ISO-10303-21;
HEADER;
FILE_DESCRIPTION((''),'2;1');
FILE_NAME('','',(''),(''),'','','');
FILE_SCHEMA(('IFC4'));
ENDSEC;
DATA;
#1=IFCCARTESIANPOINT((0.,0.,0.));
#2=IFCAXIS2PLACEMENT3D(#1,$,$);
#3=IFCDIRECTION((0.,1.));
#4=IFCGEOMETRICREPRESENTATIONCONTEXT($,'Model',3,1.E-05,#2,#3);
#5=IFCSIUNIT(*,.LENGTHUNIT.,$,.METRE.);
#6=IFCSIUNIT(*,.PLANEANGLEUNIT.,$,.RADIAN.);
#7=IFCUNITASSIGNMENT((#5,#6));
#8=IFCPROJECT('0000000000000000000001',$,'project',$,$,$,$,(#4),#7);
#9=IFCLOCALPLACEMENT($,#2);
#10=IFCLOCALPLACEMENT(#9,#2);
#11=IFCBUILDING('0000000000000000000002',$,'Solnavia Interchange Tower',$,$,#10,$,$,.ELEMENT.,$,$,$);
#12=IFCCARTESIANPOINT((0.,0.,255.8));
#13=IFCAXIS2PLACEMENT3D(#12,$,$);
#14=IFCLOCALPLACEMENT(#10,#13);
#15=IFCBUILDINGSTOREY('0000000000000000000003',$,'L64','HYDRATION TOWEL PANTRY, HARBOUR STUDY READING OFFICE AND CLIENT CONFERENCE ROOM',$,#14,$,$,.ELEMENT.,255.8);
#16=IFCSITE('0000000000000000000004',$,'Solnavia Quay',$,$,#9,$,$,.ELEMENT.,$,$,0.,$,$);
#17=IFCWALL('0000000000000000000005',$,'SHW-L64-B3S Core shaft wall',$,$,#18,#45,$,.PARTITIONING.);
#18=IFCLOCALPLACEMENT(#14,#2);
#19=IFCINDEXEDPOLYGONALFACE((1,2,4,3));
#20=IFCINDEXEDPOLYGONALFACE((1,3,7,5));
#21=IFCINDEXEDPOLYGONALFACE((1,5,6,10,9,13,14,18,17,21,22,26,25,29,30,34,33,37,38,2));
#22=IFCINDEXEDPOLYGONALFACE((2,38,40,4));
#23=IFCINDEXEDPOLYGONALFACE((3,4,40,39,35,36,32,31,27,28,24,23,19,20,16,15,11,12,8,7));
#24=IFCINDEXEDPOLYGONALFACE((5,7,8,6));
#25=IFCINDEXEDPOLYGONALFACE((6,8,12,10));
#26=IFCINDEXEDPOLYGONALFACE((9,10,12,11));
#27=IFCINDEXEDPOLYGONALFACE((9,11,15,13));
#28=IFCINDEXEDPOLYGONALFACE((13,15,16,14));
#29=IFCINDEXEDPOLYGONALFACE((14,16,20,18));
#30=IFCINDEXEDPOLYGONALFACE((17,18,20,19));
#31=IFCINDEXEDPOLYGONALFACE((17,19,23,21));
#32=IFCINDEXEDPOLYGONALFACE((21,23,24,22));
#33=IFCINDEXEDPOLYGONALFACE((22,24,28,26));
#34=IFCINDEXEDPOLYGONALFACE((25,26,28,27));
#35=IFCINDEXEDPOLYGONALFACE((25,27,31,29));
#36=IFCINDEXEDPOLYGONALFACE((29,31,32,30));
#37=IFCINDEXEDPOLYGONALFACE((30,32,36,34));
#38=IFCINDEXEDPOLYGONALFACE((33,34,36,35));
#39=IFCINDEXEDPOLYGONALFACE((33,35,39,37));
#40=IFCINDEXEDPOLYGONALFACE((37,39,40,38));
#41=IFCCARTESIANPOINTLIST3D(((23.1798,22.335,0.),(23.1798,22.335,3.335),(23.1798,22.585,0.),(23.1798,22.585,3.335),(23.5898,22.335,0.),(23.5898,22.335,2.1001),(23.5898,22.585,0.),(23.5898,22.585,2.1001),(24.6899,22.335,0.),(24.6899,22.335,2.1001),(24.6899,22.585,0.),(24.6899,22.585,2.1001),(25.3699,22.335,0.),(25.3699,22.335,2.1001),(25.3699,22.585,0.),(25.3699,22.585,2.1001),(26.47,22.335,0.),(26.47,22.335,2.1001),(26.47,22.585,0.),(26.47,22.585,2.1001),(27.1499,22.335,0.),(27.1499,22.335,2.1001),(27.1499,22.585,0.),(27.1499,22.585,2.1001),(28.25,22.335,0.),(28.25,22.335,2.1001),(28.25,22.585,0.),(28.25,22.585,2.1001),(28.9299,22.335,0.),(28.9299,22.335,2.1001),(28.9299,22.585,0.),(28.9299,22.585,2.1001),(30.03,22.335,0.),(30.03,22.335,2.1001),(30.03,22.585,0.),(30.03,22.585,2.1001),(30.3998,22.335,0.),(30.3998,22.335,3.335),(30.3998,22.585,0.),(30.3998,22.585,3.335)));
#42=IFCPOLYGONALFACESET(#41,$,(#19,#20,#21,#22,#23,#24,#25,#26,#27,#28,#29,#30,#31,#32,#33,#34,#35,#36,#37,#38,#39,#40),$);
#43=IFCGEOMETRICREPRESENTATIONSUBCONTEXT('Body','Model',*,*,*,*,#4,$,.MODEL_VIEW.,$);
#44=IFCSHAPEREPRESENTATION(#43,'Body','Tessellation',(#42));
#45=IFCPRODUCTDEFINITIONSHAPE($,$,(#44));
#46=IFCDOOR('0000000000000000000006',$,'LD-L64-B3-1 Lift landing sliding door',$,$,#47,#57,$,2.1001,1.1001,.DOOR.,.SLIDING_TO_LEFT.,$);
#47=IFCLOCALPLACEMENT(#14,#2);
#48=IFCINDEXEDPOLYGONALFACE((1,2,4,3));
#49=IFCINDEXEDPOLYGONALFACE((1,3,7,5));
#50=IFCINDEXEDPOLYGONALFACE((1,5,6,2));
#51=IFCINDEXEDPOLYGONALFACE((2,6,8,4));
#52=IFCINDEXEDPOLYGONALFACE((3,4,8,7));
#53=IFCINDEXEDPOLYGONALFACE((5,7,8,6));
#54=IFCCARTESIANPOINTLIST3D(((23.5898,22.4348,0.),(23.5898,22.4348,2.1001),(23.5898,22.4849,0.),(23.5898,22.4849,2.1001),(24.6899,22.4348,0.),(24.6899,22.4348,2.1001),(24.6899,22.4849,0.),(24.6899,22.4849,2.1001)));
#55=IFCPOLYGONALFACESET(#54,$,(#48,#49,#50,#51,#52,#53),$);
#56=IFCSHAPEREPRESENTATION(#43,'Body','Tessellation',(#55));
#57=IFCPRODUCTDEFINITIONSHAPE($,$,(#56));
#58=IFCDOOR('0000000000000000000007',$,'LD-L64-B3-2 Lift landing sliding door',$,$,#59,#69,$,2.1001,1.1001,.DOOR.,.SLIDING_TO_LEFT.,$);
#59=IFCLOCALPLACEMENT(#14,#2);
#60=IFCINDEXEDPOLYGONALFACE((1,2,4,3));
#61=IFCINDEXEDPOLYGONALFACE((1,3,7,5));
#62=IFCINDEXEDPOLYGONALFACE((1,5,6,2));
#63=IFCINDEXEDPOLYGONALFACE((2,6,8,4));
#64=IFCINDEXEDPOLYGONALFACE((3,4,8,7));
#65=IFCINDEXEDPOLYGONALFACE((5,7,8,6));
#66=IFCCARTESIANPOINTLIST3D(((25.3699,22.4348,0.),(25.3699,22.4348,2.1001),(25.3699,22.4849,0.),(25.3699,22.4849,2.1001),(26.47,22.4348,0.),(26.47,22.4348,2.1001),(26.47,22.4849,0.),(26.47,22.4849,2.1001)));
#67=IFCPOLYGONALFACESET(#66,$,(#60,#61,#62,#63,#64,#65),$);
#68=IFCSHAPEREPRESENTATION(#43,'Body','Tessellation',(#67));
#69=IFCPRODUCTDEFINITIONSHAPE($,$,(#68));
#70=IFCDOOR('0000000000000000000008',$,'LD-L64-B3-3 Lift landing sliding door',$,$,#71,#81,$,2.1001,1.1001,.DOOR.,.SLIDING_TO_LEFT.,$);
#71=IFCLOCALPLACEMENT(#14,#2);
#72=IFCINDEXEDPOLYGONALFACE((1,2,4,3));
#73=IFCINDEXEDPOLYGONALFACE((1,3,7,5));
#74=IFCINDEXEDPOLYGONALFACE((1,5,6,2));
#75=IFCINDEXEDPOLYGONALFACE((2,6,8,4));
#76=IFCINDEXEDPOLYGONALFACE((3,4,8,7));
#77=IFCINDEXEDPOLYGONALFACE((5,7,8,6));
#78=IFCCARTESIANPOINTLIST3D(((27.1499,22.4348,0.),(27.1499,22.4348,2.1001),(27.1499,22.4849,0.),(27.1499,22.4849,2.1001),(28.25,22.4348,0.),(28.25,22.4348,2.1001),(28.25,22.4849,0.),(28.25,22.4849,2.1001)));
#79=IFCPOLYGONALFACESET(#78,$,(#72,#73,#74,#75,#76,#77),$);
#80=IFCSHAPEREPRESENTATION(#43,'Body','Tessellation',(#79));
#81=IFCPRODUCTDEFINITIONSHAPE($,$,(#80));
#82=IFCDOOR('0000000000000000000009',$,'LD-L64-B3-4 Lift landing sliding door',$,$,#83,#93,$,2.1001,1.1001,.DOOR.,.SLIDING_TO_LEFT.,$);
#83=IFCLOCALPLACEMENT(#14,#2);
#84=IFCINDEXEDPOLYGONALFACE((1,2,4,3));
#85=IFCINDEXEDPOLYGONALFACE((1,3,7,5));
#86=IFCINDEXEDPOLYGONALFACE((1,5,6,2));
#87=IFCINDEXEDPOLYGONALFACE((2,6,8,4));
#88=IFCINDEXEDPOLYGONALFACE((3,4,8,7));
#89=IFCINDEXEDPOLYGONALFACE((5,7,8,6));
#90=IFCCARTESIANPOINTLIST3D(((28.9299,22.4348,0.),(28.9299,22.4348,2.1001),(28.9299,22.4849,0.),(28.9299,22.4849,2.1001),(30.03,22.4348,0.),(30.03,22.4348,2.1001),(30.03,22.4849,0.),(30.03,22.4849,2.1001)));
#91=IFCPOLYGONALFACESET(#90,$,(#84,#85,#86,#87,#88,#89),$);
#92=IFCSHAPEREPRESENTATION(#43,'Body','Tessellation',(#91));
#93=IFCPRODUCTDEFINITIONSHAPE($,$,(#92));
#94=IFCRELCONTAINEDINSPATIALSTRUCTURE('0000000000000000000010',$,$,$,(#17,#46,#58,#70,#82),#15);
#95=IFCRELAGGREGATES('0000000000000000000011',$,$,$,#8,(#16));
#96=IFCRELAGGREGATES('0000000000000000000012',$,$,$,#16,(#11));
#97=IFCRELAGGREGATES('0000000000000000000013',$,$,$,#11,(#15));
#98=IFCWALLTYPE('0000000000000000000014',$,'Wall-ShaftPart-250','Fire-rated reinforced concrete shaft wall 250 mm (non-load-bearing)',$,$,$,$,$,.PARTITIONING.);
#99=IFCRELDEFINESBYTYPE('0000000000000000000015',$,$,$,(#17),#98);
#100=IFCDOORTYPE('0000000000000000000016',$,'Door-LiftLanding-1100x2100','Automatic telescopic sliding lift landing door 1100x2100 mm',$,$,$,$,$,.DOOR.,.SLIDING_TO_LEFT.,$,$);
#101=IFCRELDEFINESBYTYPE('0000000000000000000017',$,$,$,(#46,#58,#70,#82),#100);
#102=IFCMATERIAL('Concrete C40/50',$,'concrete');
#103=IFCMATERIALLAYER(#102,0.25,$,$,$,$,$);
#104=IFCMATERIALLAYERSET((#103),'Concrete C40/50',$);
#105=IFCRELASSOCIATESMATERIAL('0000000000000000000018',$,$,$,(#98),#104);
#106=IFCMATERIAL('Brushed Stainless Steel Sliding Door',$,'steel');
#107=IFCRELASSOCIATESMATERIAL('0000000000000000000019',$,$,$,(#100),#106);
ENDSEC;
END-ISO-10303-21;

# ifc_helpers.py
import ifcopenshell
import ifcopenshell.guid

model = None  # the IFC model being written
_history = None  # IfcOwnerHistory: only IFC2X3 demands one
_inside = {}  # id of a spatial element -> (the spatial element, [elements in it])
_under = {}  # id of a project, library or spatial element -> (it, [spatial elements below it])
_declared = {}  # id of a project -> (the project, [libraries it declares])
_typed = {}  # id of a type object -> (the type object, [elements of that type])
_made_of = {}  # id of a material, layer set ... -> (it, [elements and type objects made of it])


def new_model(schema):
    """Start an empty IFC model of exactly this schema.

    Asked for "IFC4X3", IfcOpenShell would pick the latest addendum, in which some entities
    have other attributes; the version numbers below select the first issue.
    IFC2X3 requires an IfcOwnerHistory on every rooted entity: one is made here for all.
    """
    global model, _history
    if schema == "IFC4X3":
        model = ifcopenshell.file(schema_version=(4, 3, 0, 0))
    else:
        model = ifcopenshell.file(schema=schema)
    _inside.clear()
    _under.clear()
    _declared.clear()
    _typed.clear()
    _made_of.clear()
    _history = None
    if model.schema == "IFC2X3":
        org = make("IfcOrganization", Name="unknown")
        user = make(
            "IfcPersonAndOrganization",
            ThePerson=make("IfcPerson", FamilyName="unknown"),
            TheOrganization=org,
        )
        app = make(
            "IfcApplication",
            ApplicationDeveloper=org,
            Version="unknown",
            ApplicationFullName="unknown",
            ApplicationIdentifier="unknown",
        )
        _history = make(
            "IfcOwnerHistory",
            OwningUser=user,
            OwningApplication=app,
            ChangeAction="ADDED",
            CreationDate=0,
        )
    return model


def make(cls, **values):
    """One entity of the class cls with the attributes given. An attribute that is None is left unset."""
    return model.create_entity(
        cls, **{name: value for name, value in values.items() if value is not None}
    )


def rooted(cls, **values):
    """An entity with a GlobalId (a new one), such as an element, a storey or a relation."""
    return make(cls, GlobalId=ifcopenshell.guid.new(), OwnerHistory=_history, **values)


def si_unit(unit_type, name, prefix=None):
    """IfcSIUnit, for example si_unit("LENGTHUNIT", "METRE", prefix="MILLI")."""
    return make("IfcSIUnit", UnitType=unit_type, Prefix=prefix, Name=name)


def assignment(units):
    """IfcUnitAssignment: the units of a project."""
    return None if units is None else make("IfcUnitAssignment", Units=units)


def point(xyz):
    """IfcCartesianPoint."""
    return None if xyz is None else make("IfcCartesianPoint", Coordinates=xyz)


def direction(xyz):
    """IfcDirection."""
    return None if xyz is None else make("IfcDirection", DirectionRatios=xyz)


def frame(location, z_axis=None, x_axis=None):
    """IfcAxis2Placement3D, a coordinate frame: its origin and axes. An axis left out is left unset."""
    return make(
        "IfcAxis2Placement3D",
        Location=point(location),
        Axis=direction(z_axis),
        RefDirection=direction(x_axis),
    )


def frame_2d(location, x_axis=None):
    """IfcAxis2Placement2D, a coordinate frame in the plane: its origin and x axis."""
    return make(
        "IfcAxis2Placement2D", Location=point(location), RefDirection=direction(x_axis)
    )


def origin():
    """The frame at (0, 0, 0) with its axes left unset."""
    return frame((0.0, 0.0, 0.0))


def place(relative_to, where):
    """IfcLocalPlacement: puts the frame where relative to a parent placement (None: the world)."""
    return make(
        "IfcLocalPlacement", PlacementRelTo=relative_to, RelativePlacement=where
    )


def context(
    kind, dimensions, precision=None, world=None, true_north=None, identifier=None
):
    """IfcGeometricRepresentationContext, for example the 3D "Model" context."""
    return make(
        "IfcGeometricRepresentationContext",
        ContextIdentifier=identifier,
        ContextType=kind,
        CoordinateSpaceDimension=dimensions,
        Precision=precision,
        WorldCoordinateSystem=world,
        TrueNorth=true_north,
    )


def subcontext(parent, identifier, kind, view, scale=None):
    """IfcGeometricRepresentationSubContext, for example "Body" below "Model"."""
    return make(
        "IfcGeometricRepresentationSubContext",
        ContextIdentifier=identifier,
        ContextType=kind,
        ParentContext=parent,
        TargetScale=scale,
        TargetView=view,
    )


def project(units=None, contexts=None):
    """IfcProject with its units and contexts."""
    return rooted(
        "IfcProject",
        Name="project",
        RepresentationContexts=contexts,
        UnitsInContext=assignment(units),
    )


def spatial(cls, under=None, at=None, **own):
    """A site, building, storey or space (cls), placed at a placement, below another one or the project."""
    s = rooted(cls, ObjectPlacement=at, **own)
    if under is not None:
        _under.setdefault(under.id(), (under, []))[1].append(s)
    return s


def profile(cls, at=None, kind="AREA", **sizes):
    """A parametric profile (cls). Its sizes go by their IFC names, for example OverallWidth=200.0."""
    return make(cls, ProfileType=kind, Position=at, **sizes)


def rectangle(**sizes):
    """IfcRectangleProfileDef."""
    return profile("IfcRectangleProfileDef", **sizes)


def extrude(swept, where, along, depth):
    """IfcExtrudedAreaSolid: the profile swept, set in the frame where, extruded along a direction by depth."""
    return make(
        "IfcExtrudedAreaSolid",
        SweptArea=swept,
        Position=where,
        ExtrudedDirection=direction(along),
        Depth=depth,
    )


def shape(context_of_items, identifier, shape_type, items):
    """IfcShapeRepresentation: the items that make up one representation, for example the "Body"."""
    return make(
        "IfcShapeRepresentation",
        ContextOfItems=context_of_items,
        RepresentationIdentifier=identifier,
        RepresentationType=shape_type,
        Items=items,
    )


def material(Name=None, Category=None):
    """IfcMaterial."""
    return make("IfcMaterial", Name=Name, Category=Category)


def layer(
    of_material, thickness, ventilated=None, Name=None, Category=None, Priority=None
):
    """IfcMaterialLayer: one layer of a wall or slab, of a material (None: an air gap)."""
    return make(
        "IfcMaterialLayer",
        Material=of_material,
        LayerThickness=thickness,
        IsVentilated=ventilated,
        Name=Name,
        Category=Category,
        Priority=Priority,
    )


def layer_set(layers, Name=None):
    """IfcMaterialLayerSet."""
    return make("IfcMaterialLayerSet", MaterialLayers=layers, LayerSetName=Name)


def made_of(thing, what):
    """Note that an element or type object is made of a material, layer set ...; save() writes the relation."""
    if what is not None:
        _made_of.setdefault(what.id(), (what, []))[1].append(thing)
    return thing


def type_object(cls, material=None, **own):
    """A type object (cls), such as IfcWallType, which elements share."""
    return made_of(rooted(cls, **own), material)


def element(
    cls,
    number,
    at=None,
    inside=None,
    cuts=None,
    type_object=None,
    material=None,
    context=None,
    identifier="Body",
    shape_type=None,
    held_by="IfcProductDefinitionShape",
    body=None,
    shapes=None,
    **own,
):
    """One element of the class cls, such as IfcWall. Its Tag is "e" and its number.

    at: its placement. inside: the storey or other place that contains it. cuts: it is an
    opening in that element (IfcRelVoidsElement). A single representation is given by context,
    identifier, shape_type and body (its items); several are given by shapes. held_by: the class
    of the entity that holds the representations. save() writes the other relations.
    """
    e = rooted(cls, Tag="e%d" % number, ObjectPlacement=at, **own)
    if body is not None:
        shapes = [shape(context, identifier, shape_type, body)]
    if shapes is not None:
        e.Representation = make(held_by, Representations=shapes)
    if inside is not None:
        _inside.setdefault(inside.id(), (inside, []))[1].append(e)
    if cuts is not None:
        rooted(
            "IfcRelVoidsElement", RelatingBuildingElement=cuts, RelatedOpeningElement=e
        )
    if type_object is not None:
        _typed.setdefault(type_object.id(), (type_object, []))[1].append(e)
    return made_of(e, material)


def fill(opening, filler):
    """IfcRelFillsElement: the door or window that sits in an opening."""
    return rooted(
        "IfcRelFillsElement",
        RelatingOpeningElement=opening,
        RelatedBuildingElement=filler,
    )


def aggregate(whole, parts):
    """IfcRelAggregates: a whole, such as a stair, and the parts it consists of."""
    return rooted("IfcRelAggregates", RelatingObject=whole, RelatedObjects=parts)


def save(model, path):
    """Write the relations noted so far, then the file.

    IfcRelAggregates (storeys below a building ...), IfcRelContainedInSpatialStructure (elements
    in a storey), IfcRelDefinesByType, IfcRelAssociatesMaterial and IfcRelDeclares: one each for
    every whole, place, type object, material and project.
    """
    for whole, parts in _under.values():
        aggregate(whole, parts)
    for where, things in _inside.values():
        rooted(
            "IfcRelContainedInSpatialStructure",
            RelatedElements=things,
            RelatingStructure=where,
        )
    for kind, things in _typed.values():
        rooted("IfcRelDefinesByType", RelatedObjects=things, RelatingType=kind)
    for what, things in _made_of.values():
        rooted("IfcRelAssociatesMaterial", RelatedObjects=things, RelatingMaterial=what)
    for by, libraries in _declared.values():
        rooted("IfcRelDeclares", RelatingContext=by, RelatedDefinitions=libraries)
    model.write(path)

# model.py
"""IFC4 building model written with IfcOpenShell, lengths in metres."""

from ifc_helpers import new_model, si_unit, direction, frame, frame_2d, origin, place, context, subcontext, project, spatial, rectangle, extrude, material, layer, layer_set, type_object, element, fill, save


model = new_model("IFC4")

# Units and contexts
model_context = context("Model", 3, precision=1e-05, world=origin(), true_north=direction((0.0, 1.0)))
body_context = subcontext(model_context, "Body", "Model", "MODEL_VIEW")
ifc_project = project(units=[si_unit("LENGTHUNIT", "METRE"), si_unit("PLANEANGLEUNIT", "RADIAN")], contexts=[model_context])

# Site, building, storey
site_placement = place(None, origin())
site = spatial("IfcSite", under=ifc_project, at=site_placement, Name="Solnavia Quay", CompositionType="ELEMENT", RefElevation=0.0)
building_placement = place(site_placement, origin())
building = spatial("IfcBuilding", under=site, at=building_placement, Name="Solnavia Interchange Tower", CompositionType="ELEMENT")
storey_placement = place(building_placement, frame((0.0, 0.0, 255.8)))
storey = spatial("IfcBuildingStorey", under=building, at=storey_placement, Name="L64", Description="HYDRATION TOWEL PANTRY, HARBOUR STUDY READING OFFICE AND CLIENT CONFERENCE ROOM", CompositionType="ELEMENT", Elevation=255.8)

# Shared definitions
ifc_material_1 = material(Name="Concrete C40/50", Category="concrete")

# Shared definitions
ifc_layer_1 = layer(ifc_material_1, 0.25)
ifc_layer_set_1 = layer_set([ifc_layer_1], Name="Concrete C40/50")
wall_type_1 = type_object("IfcWallType", Name="Wall-ShaftPart-250", Description="Fire-rated reinforced concrete shaft wall 250 mm (non-load-bearing)", PredefinedType="PARTITIONING", material=ifc_layer_set_1)

# Shared definitions
ifc_material_2 = material(Name="Brushed Stainless Steel Sliding Door", Category="steel")
door_type_1 = type_object("IfcDoorType", Name="Door-LiftLanding-1100x2100", Description="Automatic telescopic sliding lift landing door 1100x2100 mm", OperationType="SLIDING_TO_LEFT", PredefinedType="DOOR", material=ifc_material_2)

# Wall, openings, doors
wall_1_placement = place(storey_placement, frame((23.1799, 22.46, 0.0), z_axis=(0.0, 0.0, 1.0), x_axis=(1.0, 0.0, 0.0)))
wall_1 = element("IfcWall", 1, at=wall_1_placement, inside=storey, type_object=wall_type_1, Name="SHW-L64-B3S Core shaft wall", PredefinedType="PARTITIONING", context=body_context, shape_type="SweptSolid", body=[
    extrude(rectangle(XDim=7.22, YDim=0.25, at=frame_2d((3.6099, 0.0))), origin(), (0.0, 0.0, 1.0), 3.335),
])
opening_1_placement = place(wall_1_placement, frame((0.4099, 0.0, 0.0)))
opening_1 = element("IfcOpeningElement", 2, at=opening_1_placement, cuts=wall_1, PredefinedType="OPENING", context=body_context, shape_type="SweptSolid", body=[
    extrude(rectangle(XDim=1.1001, YDim=2.1001, at=frame_2d((0.55, 1.05))), frame((0.0, 0.135, 0.0), z_axis=(0.0, -1.0, 0.0), x_axis=(1.0, 0.0, 0.0)), (0.0, 0.0, 1.0), 0.27),
])
opening_2_placement = place(wall_1_placement, frame((2.1899, 0.0, 0.0)))
opening_2 = element("IfcOpeningElement", 3, at=opening_2_placement, cuts=wall_1, PredefinedType="OPENING", context=body_context, shape_type="SweptSolid", body=[
    extrude(rectangle(XDim=1.1001, YDim=2.1001, at=frame_2d((0.55, 1.05))), frame((0.0, 0.135, 0.0), z_axis=(0.0, -1.0, 0.0), x_axis=(1.0, 0.0, 0.0)), (0.0, 0.0, 1.0), 0.27),
])
opening_3_placement = place(wall_1_placement, frame((3.97, 0.0, 0.0)))
opening_3 = element("IfcOpeningElement", 4, at=opening_3_placement, cuts=wall_1, PredefinedType="OPENING", context=body_context, shape_type="SweptSolid", body=[
    extrude(rectangle(XDim=1.1001, YDim=2.1001, at=frame_2d((0.55, 1.05))), frame((0.0, 0.135, 0.0), z_axis=(0.0, -1.0, 0.0), x_axis=(1.0, 0.0, 0.0)), (0.0, 0.0, 1.0), 0.27),
])
opening_4_placement = place(wall_1_placement, frame((5.75, 0.0, 0.0)))
opening_4 = element("IfcOpeningElement", 5, at=opening_4_placement, cuts=wall_1, PredefinedType="OPENING", context=body_context, shape_type="SweptSolid", body=[
    extrude(rectangle(XDim=1.1001, YDim=2.1001, at=frame_2d((0.55, 1.05))), frame((0.0, 0.135, 0.0), z_axis=(0.0, -1.0, 0.0), x_axis=(1.0, 0.0, 0.0)), (0.0, 0.0, 1.0), 0.27),
])
door_1_placement = place(opening_1_placement, origin())
door_1 = element("IfcDoor", 6, at=door_1_placement, inside=storey, type_object=door_type_1, Name="LD-L64-B3-1 Lift landing sliding door", OperationType="SLIDING_TO_LEFT", OverallHeight=2.1001, OverallWidth=1.1001, PredefinedType="DOOR", context=body_context, shape_type="SweptSolid", body=[
    extrude(rectangle(XDim=1.1001, YDim=2.1001, at=frame_2d((0.55, 1.05))), frame((0.0, 0.0249, 0.0), z_axis=(0.0, -1.0, 0.0), x_axis=(1.0, 0.0, 0.0)), (0.0, 0.0, 1.0), 0.05),
])
fill(opening_1, door_1)
door_2_placement = place(opening_2_placement, origin())
door_2 = element("IfcDoor", 7, at=door_2_placement, inside=storey, type_object=door_type_1, Name="LD-L64-B3-2 Lift landing sliding door", OperationType="SLIDING_TO_LEFT", OverallHeight=2.1001, OverallWidth=1.1001, PredefinedType="DOOR", context=body_context, shape_type="SweptSolid", body=[
    extrude(rectangle(XDim=1.1001, YDim=2.1001, at=frame_2d((0.55, 1.05))), frame((0.0, 0.0249, 0.0), z_axis=(0.0, -1.0, 0.0), x_axis=(1.0, 0.0, 0.0)), (0.0, 0.0, 1.0), 0.05),
])
fill(opening_2, door_2)
door_3_placement = place(opening_3_placement, origin())
door_3 = element("IfcDoor", 8, at=door_3_placement, inside=storey, type_object=door_type_1, Name="LD-L64-B3-3 Lift landing sliding door", OperationType="SLIDING_TO_LEFT", OverallHeight=2.1001, OverallWidth=1.1001, PredefinedType="DOOR", context=body_context, shape_type="SweptSolid", body=[
    extrude(rectangle(XDim=1.1001, YDim=2.1001, at=frame_2d((0.55, 1.05))), frame((0.0, 0.0249, 0.0), z_axis=(0.0, -1.0, 0.0), x_axis=(1.0, 0.0, 0.0)), (0.0, 0.0, 1.0), 0.05),
])
fill(opening_3, door_3)
door_4_placement = place(opening_4_placement, origin())
door_4 = element("IfcDoor", 9, at=door_4_placement, inside=storey, type_object=door_type_1, Name="LD-L64-B3-4 Lift landing sliding door", OperationType="SLIDING_TO_LEFT", OverallHeight=2.1001, OverallWidth=1.1001, PredefinedType="DOOR", context=body_context, shape_type="SweptSolid", body=[
    extrude(rectangle(XDim=1.1001, YDim=2.1001, at=frame_2d((0.55, 1.05))), frame((0.0, 0.0249, 0.0), z_axis=(0.0, -1.0, 0.0), x_axis=(1.0, 0.0, 0.0)), (0.0, 0.0, 1.0), 0.05),
])
fill(opening_4, door_4)

save(model, "model.ifc")
